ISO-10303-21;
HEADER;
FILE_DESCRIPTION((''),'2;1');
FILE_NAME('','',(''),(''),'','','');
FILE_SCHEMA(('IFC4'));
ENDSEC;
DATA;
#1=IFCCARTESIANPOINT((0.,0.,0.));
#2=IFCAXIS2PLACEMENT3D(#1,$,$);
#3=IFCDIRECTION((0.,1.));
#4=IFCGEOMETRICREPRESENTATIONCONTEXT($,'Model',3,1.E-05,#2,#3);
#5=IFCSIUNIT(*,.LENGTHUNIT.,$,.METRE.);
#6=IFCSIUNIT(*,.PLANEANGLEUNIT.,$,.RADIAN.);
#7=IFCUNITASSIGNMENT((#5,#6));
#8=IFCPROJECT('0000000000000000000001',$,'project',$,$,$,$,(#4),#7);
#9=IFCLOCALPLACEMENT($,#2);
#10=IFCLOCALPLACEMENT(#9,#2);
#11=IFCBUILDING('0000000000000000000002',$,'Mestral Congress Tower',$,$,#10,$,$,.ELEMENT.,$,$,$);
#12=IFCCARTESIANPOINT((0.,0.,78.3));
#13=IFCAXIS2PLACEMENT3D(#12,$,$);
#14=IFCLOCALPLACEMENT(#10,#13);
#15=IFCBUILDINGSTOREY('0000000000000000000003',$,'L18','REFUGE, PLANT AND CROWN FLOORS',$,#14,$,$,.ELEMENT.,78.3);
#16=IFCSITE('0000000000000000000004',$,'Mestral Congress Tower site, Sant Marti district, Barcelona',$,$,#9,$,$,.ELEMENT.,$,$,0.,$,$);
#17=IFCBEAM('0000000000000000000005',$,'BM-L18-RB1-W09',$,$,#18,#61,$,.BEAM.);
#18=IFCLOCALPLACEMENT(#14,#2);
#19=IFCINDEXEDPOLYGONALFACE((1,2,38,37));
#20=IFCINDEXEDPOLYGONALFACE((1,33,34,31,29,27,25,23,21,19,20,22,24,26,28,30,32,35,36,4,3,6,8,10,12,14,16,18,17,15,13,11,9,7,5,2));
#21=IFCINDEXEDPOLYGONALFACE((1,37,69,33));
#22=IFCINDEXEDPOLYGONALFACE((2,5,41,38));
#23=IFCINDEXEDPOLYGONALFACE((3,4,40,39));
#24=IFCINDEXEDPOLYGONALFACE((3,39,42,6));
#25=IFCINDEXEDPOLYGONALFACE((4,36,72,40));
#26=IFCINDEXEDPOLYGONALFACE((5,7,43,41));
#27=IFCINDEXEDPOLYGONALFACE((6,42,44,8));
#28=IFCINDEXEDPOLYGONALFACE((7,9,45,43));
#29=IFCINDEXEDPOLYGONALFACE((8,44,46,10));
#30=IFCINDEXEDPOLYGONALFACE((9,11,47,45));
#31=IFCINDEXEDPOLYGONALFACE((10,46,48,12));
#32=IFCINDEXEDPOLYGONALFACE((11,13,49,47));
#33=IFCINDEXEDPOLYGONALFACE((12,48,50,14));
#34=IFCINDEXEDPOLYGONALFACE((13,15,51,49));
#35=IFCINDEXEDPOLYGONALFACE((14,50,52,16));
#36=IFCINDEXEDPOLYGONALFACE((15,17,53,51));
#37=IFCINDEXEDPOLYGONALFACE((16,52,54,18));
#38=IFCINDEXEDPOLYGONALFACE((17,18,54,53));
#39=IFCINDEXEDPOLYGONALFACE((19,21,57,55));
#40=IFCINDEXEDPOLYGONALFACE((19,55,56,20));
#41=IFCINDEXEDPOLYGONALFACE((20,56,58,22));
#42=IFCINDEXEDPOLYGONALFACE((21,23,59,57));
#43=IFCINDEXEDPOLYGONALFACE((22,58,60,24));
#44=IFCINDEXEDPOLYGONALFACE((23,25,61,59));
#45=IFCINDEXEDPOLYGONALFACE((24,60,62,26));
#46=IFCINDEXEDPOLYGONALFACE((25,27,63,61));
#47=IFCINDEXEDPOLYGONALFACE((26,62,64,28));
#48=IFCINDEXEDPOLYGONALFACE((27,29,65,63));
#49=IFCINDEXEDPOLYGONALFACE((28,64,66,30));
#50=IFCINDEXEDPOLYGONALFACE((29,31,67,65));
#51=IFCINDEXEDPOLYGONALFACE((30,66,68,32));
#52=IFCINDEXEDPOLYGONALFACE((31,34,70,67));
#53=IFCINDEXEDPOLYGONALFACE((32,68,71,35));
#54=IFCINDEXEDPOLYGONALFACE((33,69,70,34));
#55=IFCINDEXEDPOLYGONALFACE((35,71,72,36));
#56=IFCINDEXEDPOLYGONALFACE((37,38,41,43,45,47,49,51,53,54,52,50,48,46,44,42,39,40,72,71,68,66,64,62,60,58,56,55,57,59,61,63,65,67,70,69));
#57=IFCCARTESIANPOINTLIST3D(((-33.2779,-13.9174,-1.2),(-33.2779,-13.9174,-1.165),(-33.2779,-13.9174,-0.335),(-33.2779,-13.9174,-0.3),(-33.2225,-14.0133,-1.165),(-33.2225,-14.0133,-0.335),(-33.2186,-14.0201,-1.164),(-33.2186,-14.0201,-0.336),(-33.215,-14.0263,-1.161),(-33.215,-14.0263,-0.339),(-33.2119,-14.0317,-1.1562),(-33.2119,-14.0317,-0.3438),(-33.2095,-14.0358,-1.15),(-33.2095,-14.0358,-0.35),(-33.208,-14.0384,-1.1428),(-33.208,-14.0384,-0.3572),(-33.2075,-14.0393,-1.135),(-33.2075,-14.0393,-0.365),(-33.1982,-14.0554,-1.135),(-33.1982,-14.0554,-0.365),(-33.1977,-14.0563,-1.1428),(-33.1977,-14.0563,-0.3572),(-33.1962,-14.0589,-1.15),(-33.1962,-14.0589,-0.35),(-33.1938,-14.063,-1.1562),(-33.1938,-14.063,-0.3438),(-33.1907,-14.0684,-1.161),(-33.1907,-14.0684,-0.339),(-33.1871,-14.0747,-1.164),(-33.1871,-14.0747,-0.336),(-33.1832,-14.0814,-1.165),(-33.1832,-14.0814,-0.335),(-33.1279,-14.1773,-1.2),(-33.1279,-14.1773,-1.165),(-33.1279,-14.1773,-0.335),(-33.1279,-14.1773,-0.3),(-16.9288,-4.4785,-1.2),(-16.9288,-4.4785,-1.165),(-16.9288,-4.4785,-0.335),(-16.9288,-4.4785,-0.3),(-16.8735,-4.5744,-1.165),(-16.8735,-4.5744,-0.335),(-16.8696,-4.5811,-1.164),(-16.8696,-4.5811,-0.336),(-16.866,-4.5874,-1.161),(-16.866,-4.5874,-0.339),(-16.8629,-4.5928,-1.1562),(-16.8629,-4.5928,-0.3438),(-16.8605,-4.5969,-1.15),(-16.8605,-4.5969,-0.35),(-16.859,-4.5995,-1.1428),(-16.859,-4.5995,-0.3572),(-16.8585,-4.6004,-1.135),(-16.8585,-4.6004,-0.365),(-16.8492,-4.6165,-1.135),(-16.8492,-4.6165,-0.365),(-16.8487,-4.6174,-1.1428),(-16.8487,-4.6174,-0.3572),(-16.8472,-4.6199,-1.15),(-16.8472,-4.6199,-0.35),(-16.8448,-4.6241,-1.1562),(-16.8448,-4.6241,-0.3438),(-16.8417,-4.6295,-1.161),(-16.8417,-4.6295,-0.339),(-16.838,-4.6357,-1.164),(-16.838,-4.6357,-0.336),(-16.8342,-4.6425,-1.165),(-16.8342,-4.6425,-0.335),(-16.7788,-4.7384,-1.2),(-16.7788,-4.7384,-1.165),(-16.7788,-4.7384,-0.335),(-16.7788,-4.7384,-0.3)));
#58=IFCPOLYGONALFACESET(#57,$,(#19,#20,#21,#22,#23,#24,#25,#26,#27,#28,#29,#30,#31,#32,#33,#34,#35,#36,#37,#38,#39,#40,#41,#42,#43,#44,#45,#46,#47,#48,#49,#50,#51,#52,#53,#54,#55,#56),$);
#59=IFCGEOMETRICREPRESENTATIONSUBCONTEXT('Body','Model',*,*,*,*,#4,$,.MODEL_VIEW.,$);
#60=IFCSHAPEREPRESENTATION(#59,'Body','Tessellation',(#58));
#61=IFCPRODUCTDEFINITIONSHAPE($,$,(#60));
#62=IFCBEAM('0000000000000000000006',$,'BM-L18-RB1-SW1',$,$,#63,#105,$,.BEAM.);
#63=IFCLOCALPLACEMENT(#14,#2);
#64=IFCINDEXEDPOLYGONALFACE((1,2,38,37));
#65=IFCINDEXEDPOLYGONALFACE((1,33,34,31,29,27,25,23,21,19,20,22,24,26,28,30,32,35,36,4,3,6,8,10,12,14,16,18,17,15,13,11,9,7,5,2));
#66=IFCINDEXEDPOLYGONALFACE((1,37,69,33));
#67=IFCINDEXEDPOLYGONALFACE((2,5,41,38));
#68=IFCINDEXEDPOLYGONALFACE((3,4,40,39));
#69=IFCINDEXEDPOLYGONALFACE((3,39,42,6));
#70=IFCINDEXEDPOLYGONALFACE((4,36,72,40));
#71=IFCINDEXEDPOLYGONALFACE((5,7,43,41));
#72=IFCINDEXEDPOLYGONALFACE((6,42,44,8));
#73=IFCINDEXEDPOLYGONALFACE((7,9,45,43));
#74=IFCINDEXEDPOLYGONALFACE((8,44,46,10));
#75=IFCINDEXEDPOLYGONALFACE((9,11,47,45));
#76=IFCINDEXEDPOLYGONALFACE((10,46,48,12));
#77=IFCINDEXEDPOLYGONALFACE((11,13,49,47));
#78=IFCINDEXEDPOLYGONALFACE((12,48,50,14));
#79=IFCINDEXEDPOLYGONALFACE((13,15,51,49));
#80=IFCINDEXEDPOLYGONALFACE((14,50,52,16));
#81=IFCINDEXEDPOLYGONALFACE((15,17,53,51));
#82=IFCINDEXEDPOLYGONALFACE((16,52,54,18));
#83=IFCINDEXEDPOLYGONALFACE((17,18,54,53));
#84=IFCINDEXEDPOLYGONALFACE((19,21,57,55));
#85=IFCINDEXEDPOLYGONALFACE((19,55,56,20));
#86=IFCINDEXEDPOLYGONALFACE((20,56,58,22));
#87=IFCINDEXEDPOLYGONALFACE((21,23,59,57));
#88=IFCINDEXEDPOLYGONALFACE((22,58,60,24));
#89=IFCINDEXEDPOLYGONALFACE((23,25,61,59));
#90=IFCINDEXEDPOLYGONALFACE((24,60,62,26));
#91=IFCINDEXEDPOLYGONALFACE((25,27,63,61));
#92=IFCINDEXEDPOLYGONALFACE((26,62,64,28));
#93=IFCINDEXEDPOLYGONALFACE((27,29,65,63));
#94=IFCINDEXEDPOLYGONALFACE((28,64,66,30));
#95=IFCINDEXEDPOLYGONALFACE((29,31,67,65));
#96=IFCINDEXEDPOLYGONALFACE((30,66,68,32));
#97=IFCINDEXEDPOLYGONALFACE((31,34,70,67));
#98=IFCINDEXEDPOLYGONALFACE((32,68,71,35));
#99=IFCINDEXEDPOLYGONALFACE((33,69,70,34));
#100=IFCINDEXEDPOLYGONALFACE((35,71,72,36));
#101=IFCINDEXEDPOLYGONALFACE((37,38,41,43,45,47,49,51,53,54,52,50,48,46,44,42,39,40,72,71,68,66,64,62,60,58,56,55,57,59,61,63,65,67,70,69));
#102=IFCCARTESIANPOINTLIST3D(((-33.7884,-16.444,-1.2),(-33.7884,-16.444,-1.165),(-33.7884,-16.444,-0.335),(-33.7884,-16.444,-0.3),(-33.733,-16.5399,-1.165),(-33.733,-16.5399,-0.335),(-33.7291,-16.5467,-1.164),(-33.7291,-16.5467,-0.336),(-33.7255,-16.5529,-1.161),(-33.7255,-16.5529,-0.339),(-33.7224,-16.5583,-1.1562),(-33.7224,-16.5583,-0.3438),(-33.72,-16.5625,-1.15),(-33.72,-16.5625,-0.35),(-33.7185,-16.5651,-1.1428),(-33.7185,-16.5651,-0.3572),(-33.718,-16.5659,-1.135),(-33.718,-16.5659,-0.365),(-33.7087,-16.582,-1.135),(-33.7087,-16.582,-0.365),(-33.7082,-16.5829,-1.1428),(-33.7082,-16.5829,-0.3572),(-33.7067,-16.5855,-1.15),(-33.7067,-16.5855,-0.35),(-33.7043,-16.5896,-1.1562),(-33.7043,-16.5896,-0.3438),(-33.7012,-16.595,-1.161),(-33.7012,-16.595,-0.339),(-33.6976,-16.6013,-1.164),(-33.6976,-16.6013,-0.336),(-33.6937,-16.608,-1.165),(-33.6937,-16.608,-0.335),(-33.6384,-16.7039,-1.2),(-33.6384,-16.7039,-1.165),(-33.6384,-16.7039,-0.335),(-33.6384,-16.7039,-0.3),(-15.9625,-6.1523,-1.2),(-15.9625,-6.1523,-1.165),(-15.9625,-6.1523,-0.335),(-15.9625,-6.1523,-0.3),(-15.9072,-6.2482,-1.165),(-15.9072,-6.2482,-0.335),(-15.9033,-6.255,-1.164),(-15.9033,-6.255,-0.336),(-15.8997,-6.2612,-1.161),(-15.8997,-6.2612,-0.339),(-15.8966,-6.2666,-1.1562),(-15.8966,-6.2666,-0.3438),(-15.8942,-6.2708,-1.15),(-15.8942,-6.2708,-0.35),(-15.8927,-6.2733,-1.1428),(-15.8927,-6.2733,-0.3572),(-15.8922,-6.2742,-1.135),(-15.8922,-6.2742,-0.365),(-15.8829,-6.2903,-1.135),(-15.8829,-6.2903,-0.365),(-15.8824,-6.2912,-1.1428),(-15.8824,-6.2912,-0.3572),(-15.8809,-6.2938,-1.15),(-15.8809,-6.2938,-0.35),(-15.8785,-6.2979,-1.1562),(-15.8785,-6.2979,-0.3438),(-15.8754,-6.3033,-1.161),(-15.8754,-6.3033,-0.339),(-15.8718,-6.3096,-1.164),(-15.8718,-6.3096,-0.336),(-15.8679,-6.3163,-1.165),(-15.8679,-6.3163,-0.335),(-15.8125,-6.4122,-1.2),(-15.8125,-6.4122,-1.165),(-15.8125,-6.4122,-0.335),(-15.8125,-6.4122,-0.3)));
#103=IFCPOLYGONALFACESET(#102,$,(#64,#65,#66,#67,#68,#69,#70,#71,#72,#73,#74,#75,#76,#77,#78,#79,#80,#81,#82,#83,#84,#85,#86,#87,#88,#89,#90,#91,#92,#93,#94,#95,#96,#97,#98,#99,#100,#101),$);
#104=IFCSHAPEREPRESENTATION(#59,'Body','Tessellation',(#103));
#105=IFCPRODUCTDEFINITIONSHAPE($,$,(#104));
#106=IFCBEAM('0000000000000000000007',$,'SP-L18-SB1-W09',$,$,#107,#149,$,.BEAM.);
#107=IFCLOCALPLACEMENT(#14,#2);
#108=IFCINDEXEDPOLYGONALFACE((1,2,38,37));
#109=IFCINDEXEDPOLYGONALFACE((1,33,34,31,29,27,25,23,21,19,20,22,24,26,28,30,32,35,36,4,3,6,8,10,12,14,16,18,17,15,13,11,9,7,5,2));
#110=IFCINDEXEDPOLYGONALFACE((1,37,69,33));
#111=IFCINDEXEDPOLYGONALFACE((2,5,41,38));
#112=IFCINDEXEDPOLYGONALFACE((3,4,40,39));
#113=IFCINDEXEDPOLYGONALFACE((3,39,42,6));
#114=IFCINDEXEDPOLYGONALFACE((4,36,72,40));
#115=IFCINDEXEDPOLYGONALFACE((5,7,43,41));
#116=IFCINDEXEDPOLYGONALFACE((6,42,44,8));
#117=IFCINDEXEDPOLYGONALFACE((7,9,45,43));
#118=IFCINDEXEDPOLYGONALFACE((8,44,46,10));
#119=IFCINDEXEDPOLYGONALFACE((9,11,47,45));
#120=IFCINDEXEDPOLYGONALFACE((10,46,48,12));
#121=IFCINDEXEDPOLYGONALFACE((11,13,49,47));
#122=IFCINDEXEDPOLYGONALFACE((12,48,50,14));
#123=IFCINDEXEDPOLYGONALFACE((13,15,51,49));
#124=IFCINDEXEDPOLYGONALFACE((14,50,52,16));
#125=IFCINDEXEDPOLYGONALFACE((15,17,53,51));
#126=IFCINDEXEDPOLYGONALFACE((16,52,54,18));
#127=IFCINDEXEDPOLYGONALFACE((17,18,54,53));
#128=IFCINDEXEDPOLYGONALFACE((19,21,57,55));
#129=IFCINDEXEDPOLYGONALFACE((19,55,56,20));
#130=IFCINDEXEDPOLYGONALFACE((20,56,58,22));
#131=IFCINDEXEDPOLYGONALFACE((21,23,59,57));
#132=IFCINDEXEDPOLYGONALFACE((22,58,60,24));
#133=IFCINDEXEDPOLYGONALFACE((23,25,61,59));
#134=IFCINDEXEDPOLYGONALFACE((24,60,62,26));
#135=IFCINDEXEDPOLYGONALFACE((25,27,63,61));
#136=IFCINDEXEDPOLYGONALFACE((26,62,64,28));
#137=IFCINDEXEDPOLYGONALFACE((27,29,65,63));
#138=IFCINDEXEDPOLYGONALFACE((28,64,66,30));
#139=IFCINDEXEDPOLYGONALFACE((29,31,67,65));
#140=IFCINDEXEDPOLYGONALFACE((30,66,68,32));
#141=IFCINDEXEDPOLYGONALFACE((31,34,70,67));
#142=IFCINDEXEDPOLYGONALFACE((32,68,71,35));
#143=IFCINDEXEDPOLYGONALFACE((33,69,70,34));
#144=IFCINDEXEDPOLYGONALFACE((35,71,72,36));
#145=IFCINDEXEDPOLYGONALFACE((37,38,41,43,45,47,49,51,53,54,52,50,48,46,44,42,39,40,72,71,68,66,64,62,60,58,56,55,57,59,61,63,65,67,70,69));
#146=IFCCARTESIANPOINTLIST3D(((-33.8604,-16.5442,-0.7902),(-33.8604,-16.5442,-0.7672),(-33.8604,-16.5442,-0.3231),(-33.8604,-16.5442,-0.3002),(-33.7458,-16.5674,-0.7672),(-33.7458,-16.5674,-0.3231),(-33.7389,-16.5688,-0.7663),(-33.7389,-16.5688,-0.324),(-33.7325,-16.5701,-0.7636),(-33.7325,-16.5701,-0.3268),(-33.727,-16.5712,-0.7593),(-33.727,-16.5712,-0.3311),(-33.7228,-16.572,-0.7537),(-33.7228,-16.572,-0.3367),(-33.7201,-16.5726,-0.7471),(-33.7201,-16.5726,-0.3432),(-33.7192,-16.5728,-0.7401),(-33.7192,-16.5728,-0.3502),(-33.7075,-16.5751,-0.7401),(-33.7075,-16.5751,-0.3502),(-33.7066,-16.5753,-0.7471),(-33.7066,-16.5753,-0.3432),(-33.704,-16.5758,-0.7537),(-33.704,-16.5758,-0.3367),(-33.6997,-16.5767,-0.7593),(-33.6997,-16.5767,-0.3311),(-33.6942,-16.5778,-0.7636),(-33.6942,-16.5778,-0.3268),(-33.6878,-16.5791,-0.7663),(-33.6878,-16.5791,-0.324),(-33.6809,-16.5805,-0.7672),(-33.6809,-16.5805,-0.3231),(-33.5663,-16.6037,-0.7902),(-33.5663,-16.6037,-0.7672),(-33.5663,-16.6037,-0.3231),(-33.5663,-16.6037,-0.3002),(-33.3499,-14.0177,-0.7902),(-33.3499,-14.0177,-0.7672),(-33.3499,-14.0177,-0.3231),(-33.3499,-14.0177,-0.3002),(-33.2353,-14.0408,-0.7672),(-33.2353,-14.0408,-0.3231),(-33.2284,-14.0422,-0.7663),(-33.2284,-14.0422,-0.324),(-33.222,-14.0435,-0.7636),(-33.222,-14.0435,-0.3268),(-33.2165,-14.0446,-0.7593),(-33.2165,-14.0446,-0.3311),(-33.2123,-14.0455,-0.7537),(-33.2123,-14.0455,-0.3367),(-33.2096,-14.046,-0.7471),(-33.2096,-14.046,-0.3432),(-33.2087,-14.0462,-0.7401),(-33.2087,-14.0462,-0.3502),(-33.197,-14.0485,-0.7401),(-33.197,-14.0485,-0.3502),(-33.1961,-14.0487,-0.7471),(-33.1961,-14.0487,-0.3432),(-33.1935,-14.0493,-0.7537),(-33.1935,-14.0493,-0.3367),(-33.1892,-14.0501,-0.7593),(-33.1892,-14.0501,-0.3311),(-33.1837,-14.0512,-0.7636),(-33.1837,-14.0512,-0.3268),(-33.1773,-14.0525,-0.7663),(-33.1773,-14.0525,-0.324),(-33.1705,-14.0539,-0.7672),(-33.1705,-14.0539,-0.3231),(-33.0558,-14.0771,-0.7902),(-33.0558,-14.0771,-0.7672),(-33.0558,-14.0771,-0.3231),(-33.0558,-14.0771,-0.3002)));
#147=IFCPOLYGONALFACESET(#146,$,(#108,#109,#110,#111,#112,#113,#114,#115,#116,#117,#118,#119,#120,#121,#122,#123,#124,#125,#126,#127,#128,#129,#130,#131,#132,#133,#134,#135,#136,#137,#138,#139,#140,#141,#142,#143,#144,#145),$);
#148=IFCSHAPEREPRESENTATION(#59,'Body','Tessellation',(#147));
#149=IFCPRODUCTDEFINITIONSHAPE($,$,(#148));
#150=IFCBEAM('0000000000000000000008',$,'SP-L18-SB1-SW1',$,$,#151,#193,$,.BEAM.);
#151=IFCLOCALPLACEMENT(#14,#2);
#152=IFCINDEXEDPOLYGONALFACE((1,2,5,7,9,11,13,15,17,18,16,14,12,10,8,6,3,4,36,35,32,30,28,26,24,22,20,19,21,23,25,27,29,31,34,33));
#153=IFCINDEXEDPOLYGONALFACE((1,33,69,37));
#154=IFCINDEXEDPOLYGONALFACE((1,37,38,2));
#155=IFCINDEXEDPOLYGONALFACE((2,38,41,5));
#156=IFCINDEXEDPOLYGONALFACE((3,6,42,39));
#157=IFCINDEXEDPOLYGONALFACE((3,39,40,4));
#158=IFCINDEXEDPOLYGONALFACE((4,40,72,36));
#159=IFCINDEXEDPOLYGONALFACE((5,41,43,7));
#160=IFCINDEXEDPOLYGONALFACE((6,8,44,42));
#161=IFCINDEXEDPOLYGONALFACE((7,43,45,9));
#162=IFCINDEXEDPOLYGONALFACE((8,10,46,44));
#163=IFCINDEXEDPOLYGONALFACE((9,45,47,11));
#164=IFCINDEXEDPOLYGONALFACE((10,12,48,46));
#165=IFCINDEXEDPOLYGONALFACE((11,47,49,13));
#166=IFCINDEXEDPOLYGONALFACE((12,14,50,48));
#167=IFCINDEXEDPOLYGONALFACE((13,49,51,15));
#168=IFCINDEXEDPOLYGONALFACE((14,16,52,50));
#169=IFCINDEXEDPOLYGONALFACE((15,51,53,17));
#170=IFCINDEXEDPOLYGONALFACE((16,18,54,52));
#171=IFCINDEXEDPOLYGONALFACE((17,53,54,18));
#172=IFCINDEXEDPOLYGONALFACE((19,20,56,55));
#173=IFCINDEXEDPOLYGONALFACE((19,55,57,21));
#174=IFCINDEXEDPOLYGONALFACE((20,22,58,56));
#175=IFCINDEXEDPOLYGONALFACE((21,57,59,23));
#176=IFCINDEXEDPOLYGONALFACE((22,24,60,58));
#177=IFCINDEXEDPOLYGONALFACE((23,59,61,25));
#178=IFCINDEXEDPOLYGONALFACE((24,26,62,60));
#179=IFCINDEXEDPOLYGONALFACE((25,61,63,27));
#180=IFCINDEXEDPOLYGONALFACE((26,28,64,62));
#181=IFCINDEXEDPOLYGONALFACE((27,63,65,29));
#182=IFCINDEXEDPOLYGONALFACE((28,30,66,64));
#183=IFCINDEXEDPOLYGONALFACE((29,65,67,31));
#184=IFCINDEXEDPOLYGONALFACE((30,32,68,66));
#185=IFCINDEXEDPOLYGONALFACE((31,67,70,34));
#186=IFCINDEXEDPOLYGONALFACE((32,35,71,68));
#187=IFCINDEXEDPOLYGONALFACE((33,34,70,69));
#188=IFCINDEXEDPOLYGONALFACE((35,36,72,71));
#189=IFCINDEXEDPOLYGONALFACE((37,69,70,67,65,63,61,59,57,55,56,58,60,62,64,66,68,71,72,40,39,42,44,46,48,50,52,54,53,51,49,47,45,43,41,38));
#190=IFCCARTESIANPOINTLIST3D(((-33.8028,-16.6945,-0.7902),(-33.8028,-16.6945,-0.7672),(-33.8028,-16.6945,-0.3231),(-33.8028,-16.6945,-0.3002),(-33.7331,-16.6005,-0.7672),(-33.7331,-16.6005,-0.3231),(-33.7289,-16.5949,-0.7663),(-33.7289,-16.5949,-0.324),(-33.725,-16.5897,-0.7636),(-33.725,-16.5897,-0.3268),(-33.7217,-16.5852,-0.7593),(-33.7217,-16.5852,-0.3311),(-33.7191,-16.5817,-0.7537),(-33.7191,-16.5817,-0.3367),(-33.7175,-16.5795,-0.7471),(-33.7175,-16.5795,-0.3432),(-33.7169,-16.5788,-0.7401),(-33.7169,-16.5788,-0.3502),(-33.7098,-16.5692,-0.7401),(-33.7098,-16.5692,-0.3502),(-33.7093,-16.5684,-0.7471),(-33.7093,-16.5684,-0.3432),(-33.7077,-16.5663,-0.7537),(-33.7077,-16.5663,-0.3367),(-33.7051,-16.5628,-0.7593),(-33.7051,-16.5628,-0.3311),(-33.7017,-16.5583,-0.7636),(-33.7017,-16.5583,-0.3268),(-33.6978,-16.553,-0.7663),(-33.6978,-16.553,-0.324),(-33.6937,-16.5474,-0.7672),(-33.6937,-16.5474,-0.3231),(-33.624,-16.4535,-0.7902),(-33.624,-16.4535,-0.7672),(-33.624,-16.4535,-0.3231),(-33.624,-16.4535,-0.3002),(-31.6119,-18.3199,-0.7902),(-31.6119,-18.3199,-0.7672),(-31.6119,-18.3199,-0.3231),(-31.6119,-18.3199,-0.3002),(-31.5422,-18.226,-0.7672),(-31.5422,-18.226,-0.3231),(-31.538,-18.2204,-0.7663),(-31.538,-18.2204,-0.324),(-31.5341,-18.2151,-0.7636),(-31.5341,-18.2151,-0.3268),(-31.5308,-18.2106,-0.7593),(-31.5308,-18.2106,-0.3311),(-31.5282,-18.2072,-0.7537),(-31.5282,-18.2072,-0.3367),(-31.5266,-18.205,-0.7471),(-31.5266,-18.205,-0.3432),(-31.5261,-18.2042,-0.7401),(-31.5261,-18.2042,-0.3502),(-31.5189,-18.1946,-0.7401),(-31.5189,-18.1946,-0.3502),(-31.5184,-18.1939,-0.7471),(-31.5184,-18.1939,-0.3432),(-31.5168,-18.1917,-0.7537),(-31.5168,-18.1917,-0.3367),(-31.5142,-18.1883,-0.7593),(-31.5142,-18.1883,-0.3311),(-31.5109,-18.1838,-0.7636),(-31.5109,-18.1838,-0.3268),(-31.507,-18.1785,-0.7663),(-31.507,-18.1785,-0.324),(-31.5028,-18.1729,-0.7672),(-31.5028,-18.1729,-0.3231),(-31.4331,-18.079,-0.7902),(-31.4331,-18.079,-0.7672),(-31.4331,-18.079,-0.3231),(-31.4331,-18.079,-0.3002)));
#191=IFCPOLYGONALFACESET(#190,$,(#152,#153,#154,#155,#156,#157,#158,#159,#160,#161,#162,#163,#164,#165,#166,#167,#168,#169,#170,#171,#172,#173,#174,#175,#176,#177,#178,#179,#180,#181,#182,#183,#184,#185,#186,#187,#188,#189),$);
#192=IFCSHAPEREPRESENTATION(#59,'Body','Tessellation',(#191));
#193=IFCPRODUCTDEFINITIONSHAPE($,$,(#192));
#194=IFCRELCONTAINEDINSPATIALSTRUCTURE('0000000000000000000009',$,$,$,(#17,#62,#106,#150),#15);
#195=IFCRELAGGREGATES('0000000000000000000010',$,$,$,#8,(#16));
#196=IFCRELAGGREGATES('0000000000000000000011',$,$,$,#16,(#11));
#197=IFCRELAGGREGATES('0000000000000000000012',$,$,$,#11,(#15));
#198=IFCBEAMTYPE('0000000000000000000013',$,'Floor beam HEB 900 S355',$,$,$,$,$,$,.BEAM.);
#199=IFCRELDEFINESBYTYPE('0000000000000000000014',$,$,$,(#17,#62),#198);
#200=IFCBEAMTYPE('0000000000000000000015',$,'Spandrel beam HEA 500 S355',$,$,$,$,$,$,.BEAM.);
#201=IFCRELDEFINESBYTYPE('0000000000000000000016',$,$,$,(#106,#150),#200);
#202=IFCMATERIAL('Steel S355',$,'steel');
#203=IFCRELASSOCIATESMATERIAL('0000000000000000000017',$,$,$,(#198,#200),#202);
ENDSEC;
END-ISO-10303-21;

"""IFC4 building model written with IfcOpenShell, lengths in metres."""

from ifc_helpers import new_model, si_unit, direction, frame, origin, origin_2d, place, context, subcontext, project, spatial, i_section, extrude, material, material_profile, profile_set, type_object, element, save


model = new_model("IFC4")

# Units and contexts
model_context = context("Model", 3, precision=1e-05, world=origin(), true_north=direction((0.0, 1.0)))
body_context = subcontext(model_context, "Body", "Model", "MODEL_VIEW")
ifc_project = project(units=[si_unit("LENGTHUNIT", "METRE"), si_unit("PLANEANGLEUNIT", "RADIAN")], contexts=[model_context])

# Site, building, storey
site_placement = place(None, origin())
site = spatial("IfcSite", under=ifc_project, at=site_placement, Name="Mestral Congress Tower site, Sant Marti district, Barcelona", CompositionType="ELEMENT", RefElevation=0.0)
building_placement = place(site_placement, origin())
building = spatial("IfcBuilding", under=site, at=building_placement, Name="Mestral Congress Tower", CompositionType="ELEMENT")
storey_placement = place(building_placement, frame((0.0, 0.0, 78.3)))
storey = spatial("IfcBuildingStorey", under=building, at=storey_placement, Name="L18", Description="REFUGE, PLANT AND CROWN FLOORS", CompositionType="ELEMENT", Elevation=78.3)

# Shared definitions
ifc_material_1 = material(Name="Steel S355", Category="steel")

# Beams
ifc_material_profile_1 = material_profile(ifc_material_1, i_section(OverallWidth=0.3, OverallDepth=0.8999, WebThickness=0.0186, FlangeThickness=0.0349, FilletRadius=0.03, at=origin_2d()), Name="HEB 900")
ifc_profile_set_1 = profile_set([ifc_material_profile_1], Name="Steel S355")
beam_type_1 = type_object("IfcBeamType", Name="Floor beam HEB 900 S355", PredefinedType="BEAM", material=ifc_profile_set_1)
beam_1_placement = place(storey_placement, frame((-33.2029, -14.0474, -0.75), z_axis=(0.86603, 0.499992, 0.0), x_axis=(-0.499992, 0.86603, 0.0)))
element("IfcBeam", 1, at=beam_1_placement, inside=storey, type_object=beam_type_1, Name="BM-L18-RB1-W09", PredefinedType="BEAM", context=body_context, shape_type="SweptSolid", body=[
    extrude(i_section(OverallWidth=0.3, OverallDepth=0.8999, WebThickness=0.0186, FlangeThickness=0.0349, FilletRadius=0.03, at=origin_2d()), origin(), (0.0, 0.0, 1.0), 18.8782),
])
beam_2_placement = place(storey_placement, frame((-33.7134, -16.574, -0.75), z_axis=(0.866027, 0.499998, 0.0), x_axis=(-0.499998, 0.866027, 0.0)))
element("IfcBeam", 2, at=beam_2_placement, inside=storey, type_object=beam_type_1, Name="BM-L18-RB1-SW1", PredefinedType="BEAM", context=body_context, shape_type="SweptSolid", body=[
    extrude(i_section(OverallWidth=0.3, OverallDepth=0.8999, WebThickness=0.0186, FlangeThickness=0.0349, FilletRadius=0.03, at=origin_2d()), origin(), (0.0, 0.0, 1.0), 20.5835),
])
ifc_material_profile_2 = material_profile(ifc_material_1, i_section(OverallWidth=0.3, OverallDepth=0.49, WebThickness=0.012, FlangeThickness=0.0229, FilletRadius=0.0271, at=origin_2d()), Name="HEA 500")
ifc_profile_set_2 = profile_set([ifc_material_profile_2], Name="Steel S355")
beam_type_2 = type_object("IfcBeamType", Name="Spandrel beam HEA 500 S355", PredefinedType="BEAM", material=ifc_profile_set_2)
beam_3_placement = place(storey_placement, frame((-33.2029, -14.0474, -0.5452), z_axis=(-0.198046, -0.980193, 0.0), x_axis=(0.980193, -0.198046, 0.0)))
element("IfcBeam", 3, at=beam_3_placement, inside=storey, type_object=beam_type_2, Name="SP-L18-SB1-W09", PredefinedType="BEAM", context=body_context, shape_type="SweptSolid", body=[
    extrude(i_section(OverallWidth=0.3, OverallDepth=0.49, WebThickness=0.012, FlangeThickness=0.0229, FilletRadius=0.0271, at=origin_2d()), origin(), (0.0, 0.0, 1.0), 2.5776),
])
beam_4_placement = place(storey_placement, frame((-33.7134, -16.574, -0.5452), z_axis=(0.803104, -0.595839, 0.0), x_axis=(0.595839, 0.803104, 0.0)))
element("IfcBeam", 4, at=beam_4_placement, inside=storey, type_object=beam_type_2, Name="SP-L18-SB1-SW1", PredefinedType="BEAM", context=body_context, shape_type="SweptSolid", body=[
    extrude(i_section(OverallWidth=0.3, OverallDepth=0.49, WebThickness=0.012, FlangeThickness=0.0229, FilletRadius=0.0271, at=origin_2d()), origin(), (0.0, 0.0, 1.0), 2.728),
])

save(model, "model.ifc")
